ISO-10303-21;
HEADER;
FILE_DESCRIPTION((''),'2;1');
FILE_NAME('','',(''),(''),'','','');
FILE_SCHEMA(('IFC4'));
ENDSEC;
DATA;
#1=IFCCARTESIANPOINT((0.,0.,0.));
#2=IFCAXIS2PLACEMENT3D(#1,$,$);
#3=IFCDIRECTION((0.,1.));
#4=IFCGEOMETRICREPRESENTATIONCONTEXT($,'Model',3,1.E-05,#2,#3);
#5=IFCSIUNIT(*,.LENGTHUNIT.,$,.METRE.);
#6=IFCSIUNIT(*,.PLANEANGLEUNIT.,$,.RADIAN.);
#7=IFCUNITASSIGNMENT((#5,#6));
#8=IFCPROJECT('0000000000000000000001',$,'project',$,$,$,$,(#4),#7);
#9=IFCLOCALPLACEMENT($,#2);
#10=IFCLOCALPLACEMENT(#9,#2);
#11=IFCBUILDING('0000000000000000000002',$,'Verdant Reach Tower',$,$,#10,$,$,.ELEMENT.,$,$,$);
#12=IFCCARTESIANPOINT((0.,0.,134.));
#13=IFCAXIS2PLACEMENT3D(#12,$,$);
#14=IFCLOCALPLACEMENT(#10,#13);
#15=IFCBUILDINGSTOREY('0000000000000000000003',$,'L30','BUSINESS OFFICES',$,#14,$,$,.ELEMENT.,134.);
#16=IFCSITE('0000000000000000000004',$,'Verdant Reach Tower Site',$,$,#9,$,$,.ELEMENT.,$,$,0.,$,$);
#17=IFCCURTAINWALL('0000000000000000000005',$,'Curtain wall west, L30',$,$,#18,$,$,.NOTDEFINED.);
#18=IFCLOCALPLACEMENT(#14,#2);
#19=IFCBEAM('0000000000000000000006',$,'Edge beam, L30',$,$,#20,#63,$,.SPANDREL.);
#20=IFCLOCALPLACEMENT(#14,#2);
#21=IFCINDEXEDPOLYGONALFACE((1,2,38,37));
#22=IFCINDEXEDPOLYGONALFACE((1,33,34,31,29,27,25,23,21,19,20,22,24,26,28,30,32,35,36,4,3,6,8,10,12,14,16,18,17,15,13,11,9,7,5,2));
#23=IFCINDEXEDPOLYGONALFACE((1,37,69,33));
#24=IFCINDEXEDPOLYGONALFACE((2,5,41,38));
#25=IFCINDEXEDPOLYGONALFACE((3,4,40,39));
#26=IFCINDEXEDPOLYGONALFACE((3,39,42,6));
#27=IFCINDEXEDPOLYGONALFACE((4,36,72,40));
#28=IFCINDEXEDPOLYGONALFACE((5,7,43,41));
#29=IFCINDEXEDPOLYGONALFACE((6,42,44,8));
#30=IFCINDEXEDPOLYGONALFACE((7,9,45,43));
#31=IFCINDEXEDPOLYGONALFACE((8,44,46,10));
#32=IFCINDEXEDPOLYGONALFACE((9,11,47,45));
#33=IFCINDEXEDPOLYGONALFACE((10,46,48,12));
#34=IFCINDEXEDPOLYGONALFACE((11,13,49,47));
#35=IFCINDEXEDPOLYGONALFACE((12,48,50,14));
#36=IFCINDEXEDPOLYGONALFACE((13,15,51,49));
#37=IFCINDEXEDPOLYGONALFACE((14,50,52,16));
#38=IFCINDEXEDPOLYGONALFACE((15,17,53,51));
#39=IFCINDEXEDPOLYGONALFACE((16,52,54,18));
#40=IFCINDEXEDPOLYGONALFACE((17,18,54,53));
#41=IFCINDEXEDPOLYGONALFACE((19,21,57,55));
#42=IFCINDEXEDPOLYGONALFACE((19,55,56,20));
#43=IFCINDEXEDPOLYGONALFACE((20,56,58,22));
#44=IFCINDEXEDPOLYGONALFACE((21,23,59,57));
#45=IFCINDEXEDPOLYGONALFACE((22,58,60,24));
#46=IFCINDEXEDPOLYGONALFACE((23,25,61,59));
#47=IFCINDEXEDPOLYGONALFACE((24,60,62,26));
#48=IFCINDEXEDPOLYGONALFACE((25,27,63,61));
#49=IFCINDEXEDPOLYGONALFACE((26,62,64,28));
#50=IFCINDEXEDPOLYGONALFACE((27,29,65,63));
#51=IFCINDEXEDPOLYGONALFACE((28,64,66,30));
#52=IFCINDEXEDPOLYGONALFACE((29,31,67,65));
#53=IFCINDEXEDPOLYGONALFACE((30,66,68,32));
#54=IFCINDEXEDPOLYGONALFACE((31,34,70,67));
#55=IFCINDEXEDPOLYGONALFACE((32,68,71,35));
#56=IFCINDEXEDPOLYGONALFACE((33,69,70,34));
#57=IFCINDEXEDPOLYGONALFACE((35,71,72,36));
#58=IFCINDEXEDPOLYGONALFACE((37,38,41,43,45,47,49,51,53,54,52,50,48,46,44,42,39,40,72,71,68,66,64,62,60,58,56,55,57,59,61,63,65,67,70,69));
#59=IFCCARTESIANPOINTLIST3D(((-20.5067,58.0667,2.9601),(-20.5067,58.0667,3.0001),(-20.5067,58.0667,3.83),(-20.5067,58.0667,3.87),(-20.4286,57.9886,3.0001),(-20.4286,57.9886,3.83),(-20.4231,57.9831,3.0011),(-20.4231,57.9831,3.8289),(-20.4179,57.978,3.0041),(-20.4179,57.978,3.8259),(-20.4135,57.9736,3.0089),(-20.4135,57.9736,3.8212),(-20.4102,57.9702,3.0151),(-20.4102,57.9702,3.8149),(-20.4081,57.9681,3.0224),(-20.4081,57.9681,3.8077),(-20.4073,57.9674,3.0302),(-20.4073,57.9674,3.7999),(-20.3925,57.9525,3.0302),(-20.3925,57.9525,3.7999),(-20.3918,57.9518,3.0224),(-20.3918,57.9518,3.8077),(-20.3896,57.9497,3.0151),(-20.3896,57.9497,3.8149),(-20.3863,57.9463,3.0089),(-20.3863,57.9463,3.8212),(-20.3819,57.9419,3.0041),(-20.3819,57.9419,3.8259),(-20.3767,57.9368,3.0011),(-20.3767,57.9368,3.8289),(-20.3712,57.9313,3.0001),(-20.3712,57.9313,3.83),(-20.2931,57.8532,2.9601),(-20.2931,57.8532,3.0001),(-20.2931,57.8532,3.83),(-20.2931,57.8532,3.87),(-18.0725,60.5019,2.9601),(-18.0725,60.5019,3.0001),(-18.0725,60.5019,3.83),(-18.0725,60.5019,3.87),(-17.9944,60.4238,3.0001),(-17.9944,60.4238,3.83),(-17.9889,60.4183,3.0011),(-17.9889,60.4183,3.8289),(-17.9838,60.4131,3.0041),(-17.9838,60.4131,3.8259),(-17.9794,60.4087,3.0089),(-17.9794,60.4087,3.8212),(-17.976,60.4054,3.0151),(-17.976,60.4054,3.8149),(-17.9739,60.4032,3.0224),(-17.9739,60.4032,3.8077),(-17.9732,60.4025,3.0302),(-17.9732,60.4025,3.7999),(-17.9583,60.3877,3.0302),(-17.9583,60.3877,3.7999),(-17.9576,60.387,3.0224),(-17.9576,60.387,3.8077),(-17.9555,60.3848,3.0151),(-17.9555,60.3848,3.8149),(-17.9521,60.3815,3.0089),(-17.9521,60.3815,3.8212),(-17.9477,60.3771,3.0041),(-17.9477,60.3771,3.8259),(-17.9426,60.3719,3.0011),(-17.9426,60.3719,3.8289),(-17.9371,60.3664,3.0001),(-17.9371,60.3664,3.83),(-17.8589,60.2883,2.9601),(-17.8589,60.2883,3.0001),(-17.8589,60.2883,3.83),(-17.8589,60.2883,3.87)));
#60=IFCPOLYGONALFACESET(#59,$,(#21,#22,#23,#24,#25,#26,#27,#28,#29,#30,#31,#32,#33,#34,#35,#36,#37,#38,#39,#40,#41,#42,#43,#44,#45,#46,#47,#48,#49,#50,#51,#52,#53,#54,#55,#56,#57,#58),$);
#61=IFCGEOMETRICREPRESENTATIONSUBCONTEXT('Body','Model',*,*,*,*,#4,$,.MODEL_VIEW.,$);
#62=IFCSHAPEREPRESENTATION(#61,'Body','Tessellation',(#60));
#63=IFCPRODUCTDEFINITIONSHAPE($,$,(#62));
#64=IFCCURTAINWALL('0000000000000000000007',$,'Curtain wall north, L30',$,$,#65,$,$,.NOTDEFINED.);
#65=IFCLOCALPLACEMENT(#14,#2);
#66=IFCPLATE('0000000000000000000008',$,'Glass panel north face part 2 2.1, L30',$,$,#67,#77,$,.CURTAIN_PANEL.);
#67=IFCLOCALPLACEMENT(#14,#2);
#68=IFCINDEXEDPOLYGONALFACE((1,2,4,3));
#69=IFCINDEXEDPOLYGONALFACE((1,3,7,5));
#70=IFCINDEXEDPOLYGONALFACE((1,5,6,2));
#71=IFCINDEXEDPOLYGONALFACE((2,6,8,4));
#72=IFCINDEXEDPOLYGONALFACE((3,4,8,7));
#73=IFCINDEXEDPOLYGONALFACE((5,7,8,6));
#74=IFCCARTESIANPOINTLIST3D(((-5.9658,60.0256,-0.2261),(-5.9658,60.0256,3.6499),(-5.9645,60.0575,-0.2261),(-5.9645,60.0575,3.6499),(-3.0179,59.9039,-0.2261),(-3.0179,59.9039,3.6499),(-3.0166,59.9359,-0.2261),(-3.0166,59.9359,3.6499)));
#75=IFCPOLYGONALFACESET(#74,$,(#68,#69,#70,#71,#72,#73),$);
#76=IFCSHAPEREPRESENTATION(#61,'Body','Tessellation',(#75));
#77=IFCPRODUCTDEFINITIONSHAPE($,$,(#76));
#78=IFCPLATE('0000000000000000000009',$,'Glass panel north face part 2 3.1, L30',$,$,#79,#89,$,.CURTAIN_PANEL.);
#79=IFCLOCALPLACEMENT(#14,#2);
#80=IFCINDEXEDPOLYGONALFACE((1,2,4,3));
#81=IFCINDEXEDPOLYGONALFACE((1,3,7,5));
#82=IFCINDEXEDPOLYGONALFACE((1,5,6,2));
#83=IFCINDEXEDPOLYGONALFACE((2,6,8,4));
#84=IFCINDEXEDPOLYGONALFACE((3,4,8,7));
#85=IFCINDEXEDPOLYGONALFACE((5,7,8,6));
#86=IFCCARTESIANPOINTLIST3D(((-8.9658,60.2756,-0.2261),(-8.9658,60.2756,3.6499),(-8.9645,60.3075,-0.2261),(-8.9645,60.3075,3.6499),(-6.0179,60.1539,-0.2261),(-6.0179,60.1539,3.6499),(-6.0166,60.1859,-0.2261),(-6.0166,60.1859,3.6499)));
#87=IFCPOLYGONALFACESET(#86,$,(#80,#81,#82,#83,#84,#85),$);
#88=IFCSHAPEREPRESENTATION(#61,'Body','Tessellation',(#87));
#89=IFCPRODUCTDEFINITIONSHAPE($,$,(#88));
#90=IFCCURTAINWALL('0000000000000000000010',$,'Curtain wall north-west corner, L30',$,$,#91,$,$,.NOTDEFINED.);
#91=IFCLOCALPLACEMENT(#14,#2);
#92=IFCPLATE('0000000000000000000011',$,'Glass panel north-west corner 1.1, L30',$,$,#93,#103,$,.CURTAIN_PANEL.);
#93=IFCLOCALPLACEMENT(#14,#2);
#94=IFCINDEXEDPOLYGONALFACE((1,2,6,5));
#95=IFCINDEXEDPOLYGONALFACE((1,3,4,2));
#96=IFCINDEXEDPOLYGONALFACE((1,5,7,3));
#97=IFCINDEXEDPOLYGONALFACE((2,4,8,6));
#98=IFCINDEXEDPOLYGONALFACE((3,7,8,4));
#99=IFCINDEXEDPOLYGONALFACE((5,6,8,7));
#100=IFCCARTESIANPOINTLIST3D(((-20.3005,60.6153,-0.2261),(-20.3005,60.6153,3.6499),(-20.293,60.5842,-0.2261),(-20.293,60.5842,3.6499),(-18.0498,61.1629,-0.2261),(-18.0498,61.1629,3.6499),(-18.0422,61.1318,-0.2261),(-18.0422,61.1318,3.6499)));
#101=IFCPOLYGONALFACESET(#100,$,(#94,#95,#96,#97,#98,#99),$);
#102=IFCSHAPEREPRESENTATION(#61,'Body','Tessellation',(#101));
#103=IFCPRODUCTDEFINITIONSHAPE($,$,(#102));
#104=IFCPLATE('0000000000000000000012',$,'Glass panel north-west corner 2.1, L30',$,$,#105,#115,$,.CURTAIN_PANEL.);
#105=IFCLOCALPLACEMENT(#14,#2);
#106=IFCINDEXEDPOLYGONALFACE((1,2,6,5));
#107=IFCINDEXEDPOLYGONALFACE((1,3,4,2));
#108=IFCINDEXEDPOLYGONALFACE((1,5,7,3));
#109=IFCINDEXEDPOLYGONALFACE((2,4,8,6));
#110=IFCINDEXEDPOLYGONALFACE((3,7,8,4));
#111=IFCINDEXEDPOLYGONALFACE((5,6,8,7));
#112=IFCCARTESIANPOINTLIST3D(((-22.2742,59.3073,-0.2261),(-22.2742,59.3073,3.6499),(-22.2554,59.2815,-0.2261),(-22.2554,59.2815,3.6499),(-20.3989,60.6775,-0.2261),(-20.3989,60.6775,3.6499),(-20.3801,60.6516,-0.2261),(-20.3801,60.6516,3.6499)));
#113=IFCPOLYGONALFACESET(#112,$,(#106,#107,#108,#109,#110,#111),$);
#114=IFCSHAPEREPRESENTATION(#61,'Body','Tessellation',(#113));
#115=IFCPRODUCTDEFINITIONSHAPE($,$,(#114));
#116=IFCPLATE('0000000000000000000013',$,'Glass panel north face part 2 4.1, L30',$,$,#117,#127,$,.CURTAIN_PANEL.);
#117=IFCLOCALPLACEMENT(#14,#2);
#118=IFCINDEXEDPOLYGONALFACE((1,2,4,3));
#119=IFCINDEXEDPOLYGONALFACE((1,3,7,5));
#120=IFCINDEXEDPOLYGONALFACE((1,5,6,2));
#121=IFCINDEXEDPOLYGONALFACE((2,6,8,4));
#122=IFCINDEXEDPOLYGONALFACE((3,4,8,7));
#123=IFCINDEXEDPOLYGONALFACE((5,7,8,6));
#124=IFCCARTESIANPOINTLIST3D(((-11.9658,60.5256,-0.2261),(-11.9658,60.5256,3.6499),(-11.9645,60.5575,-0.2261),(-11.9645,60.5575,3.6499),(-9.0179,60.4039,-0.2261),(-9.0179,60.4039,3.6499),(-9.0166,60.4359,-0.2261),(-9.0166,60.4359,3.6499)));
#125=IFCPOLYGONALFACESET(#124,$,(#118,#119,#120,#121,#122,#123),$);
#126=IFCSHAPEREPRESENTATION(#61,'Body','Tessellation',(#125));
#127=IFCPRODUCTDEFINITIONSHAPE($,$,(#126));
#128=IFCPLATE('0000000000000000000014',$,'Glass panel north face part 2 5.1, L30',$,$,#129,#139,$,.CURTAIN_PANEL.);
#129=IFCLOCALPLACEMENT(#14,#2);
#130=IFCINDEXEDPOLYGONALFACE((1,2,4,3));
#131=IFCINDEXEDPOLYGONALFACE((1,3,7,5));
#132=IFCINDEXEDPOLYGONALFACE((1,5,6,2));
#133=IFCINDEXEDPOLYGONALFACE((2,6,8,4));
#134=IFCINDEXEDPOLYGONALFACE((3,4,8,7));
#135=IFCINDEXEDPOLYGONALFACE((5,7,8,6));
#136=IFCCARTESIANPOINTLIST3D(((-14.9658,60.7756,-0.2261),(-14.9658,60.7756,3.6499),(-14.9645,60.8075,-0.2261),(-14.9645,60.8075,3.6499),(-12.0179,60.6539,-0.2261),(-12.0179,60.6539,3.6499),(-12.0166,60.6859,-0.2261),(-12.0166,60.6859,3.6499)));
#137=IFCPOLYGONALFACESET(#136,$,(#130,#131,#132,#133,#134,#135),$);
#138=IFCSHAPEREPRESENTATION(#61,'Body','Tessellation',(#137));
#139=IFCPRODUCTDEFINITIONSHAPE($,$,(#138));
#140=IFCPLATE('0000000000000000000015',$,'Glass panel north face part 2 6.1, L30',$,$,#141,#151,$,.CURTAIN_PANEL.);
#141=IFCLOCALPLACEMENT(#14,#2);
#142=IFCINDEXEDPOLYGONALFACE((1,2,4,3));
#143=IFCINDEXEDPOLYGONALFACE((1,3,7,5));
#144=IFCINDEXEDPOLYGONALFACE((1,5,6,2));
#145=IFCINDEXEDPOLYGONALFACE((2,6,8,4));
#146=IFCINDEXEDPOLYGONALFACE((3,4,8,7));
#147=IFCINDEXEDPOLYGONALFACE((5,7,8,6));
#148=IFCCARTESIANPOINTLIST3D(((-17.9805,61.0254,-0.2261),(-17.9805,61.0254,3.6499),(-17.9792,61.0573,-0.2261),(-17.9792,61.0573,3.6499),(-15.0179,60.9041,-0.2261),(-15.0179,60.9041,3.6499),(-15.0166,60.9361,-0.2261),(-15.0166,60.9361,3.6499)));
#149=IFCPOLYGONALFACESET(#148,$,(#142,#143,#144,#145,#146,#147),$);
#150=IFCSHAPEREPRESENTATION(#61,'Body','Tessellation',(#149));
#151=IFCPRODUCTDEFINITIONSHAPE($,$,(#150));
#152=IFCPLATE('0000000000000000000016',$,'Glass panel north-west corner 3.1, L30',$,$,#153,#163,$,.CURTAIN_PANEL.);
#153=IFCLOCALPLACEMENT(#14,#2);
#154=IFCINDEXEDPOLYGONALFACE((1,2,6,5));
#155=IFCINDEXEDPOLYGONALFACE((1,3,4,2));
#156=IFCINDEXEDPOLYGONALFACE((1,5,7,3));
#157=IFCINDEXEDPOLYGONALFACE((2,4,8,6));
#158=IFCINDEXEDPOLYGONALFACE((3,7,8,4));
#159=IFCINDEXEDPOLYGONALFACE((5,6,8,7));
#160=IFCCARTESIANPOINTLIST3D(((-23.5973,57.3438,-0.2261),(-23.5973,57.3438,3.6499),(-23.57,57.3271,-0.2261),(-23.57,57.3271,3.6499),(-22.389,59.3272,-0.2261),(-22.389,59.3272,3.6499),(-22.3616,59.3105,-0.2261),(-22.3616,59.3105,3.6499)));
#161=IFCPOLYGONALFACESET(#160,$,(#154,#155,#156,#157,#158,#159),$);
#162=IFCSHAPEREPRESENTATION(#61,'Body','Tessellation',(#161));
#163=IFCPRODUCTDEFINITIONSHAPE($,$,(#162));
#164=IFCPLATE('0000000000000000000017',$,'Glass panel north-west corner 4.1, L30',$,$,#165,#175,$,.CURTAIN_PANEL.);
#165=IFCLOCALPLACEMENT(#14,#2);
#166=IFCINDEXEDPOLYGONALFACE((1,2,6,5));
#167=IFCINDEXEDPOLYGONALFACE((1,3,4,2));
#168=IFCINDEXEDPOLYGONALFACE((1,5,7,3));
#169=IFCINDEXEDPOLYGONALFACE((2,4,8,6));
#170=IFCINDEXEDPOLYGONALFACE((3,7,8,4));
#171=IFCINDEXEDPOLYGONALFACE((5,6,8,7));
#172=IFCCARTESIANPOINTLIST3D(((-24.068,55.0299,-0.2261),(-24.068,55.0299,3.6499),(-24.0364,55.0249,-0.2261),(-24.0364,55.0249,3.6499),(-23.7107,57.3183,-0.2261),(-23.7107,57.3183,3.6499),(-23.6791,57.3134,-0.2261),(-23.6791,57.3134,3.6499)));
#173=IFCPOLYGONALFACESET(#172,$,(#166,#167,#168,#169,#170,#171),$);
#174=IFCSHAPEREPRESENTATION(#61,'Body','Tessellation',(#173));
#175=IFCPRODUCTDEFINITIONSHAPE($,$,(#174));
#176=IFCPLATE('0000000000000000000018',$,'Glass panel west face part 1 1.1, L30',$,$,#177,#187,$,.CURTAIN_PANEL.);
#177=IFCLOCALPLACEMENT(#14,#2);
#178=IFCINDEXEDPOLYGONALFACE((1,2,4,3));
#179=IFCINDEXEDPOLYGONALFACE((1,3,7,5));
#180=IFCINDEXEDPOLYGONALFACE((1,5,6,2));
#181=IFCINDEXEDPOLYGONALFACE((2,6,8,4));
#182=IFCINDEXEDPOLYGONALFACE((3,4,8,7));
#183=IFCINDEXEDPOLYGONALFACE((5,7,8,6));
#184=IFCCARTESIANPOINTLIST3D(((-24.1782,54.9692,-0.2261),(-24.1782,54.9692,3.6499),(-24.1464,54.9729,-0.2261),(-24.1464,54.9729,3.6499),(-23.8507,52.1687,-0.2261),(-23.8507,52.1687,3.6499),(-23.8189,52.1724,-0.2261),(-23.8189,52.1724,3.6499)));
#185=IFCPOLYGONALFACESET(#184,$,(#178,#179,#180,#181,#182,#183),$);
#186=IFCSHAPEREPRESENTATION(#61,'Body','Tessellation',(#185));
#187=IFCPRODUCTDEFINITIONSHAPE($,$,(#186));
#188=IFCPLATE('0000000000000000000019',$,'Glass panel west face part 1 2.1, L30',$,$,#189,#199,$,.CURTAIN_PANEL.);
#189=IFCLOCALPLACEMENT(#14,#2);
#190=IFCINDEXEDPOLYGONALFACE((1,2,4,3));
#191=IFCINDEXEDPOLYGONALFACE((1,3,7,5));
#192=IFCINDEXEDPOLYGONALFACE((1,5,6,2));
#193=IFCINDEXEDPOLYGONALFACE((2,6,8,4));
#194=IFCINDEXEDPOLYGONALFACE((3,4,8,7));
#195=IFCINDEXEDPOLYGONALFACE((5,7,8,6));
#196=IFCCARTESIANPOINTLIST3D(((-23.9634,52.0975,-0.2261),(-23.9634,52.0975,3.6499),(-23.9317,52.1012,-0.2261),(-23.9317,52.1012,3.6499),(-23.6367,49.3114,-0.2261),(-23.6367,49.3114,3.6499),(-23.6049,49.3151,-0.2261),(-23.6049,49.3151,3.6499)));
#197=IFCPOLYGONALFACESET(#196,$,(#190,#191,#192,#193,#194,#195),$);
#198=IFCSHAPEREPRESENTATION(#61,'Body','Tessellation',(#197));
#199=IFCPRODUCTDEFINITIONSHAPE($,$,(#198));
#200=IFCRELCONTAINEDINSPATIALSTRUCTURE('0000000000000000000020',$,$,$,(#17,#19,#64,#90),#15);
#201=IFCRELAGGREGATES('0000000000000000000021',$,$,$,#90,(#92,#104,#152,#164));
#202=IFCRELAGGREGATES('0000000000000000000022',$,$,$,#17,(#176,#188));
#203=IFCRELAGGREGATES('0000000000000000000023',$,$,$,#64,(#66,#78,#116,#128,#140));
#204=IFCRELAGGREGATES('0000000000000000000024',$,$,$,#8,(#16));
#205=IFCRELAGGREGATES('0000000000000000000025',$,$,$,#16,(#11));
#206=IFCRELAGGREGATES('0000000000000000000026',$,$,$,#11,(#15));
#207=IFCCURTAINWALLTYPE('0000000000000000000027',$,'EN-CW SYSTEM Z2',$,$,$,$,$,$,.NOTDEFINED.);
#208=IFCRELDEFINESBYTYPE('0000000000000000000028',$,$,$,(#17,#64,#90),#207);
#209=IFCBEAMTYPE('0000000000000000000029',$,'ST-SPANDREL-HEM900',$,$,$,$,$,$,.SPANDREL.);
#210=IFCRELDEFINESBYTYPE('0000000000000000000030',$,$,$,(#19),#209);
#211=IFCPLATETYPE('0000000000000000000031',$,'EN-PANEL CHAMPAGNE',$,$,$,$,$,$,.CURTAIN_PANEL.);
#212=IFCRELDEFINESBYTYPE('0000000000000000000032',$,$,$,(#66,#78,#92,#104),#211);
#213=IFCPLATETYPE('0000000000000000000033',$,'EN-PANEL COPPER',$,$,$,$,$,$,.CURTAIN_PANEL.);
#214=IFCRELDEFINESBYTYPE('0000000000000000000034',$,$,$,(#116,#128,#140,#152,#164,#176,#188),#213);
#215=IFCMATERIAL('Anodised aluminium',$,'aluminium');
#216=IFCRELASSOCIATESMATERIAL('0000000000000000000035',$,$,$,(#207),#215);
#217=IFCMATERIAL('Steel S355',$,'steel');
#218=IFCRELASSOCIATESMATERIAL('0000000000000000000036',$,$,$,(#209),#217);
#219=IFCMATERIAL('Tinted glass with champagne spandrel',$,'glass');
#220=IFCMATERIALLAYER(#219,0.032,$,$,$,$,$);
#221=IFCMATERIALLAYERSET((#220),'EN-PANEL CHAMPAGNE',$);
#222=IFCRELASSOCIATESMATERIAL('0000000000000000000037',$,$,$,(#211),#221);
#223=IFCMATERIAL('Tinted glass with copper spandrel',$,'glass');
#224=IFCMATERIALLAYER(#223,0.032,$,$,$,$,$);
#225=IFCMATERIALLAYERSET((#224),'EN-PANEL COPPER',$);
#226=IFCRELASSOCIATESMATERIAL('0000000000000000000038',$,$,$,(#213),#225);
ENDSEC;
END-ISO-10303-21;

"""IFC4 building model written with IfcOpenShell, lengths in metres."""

from ifc_helpers import new_model, si_unit, direction, frame, origin, origin_2d, place, context, subcontext, project, spatial, rectangle, i_section, extrude, material, layer, layer_set, material_profile, profile_set, type_object, element, aggregate, save


model = new_model("IFC4")

# Units and contexts
model_context = context("Model", 3, precision=1e-05, world=origin(), true_north=direction((0.0, 1.0)))
body_context = subcontext(model_context, "Body", "Model", "MODEL_VIEW")
ifc_project = project(units=[si_unit("LENGTHUNIT", "METRE"), si_unit("PLANEANGLEUNIT", "RADIAN")], contexts=[model_context])

# Site, building, storey
site_placement = place(None, origin())
site = spatial("IfcSite", under=ifc_project, at=site_placement, Name="Verdant Reach Tower Site", CompositionType="ELEMENT", RefElevation=0.0)
building_placement = place(site_placement, origin())
building = spatial("IfcBuilding", under=site, at=building_placement, Name="Verdant Reach Tower", CompositionType="ELEMENT")
storey_placement = place(building_placement, frame((0.0, 0.0, 134.0)))
storey = spatial("IfcBuildingStorey", under=building, at=storey_placement, Name="L30", Description="BUSINESS OFFICES", CompositionType="ELEMENT", Elevation=134.0)

# Curtain wall
ifc_material_1 = material(Name="Anodised aluminium", Category="aluminium")
curtain_wall_type = type_object("IfcCurtainWallType", Name="EN-CW SYSTEM Z2", PredefinedType="NOTDEFINED", material=ifc_material_1)
curtain_wall_1_placement = place(storey_placement, origin())
curtain_wall_1 = element("IfcCurtainWall", 1, at=curtain_wall_1_placement, inside=storey, type_object=curtain_wall_type, Name="Curtain wall west, L30", PredefinedType="NOTDEFINED")

# Beam
ifc_material_2 = material(Name="Steel S355", Category="steel")
ifc_material_profile_1 = material_profile(ifc_material_2, i_section(OverallWidth=0.302, OverallDepth=0.9099, WebThickness=0.021, FlangeThickness=0.04, FilletRadius=0.03, at=origin_2d()), Name="HEM 900")
ifc_profile_set_1 = profile_set([ifc_material_profile_1], Name="Steel S355")
beam_type_1 = type_object("IfcBeamType", Name="ST-SPANDREL-HEM900", PredefinedType="SPANDREL", material=ifc_profile_set_1)
beam_1_placement = place(storey_placement, frame((-20.3999, 57.96, 3.415), z_axis=(0.706965, 0.707249, 0.0), x_axis=(-0.707249, 0.706965, 0.0)))
element("IfcBeam", 2, at=beam_1_placement, inside=storey, type_object=beam_type_1, Name="Edge beam, L30", PredefinedType="SPANDREL", context=body_context, shape_type="SweptSolid", body=[
    extrude(i_section(OverallWidth=0.302, OverallDepth=0.9099, WebThickness=0.021, FlangeThickness=0.04, FilletRadius=0.03, at=origin_2d()), origin(), (0.0, 0.0, 1.0), 3.4431),
])

# Curtain walls, plates
curtain_wall_2_placement = place(storey_placement, origin())
curtain_wall_2 = element("IfcCurtainWall", 3, at=curtain_wall_2_placement, inside=storey, type_object=curtain_wall_type, Name="Curtain wall north, L30", PredefinedType="NOTDEFINED")
ifc_material_3 = material(Name="Tinted glass with champagne spandrel", Category="glass")
ifc_layer_1 = layer(ifc_material_3, 0.032)
ifc_layer_set_1 = layer_set([ifc_layer_1], Name="EN-PANEL CHAMPAGNE")
plate_type_1 = type_object("IfcPlateType", Name="EN-PANEL CHAMPAGNE", PredefinedType="CURTAIN_PANEL", material=ifc_layer_set_1)
plate_1_placement = place(storey_placement, frame((-4.4912, 59.9807, -0.2261), z_axis=(0.0, 0.0, 1.0), x_axis=(-0.999149, 0.041242, 0.0)))
plate_1 = element("IfcPlate", 4, at=plate_1_placement, type_object=plate_type_1, Name="Glass panel north face part 2 2.1, L30", PredefinedType="CURTAIN_PANEL", context=body_context, shape_type="SweptSolid", body=[
    extrude(rectangle(XDim=2.9504, YDim=0.032, at=origin_2d()), origin(), (0.0, 0.0, 1.0), 3.876),
])
plate_2_placement = place(storey_placement, frame((-7.4912, 60.2307, -0.2261), z_axis=(0.0, 0.0, 1.0), x_axis=(-0.999149, 0.041242, 0.0)))
plate_2 = element("IfcPlate", 5, at=plate_2_placement, type_object=plate_type_1, Name="Glass panel north face part 2 3.1, L30", PredefinedType="CURTAIN_PANEL", context=body_context, shape_type="SweptSolid", body=[
    extrude(rectangle(XDim=2.9504, YDim=0.032, at=origin_2d()), origin(), (0.0, 0.0, 1.0), 3.876),
])
curtain_wall_3_placement = place(storey_placement, origin())
curtain_wall_3 = element("IfcCurtainWall", 6, at=curtain_wall_3_placement, inside=storey, type_object=curtain_wall_type, Name="Curtain wall north-west corner, L30", PredefinedType="NOTDEFINED")
plate_3_placement = place(storey_placement, frame((-19.1714, 60.8735, -0.2261), z_axis=(0.0, 0.0, 1.0), x_axis=(-0.971658, -0.236391, 0.0)))
plate_3 = element("IfcPlate", 7, at=plate_3_placement, type_object=plate_type_1, Name="Glass panel north-west corner 1.1, L30", PredefinedType="CURTAIN_PANEL", context=body_context, shape_type="SweptSolid", body=[
    extrude(rectangle(XDim=2.3164, YDim=0.032, at=origin_2d()), origin(), (0.0, 0.0, 1.0), 3.876),
])
plate_4_placement = place(storey_placement, frame((-21.3271, 59.9795, -0.2261), z_axis=(0.0, 0.0, 1.0), x_axis=(-0.807457, -0.589927, 0.0)))
plate_4 = element("IfcPlate", 8, at=plate_4_placement, type_object=plate_type_1, Name="Glass panel north-west corner 2.1, L30", PredefinedType="CURTAIN_PANEL", context=body_context, shape_type="SweptSolid", body=[
    extrude(rectangle(XDim=2.3225, YDim=0.032, at=origin_2d()), origin(), (0.0, 0.0, 1.0), 3.876),
])

# Plates
ifc_material_4 = material(Name="Tinted glass with copper spandrel", Category="glass")
ifc_layer_2 = layer(ifc_material_4, 0.032)
ifc_layer_set_2 = layer_set([ifc_layer_2], Name="EN-PANEL COPPER")
plate_type_2 = type_object("IfcPlateType", Name="EN-PANEL COPPER", PredefinedType="CURTAIN_PANEL", material=ifc_layer_set_2)
plate_5_placement = place(storey_placement, frame((-10.4912, 60.4807, -0.2261), z_axis=(0.0, 0.0, 1.0), x_axis=(-0.999149, 0.041242, 0.0)))
plate_5 = element("IfcPlate", 9, at=plate_5_placement, type_object=plate_type_2, Name="Glass panel north face part 2 4.1, L30", PredefinedType="CURTAIN_PANEL", context=body_context, shape_type="SweptSolid", body=[
    extrude(rectangle(XDim=2.9504, YDim=0.032, at=origin_2d()), origin(), (0.0, 0.0, 1.0), 3.876),
])
plate_6_placement = place(storey_placement, frame((-13.4912, 60.7307, -0.2261), z_axis=(0.0, 0.0, 1.0), x_axis=(-0.999149, 0.041242, 0.0)))
plate_6 = element("IfcPlate", 10, at=plate_6_placement, type_object=plate_type_2, Name="Glass panel north face part 2 5.1, L30", PredefinedType="CURTAIN_PANEL", context=body_context, shape_type="SweptSolid", body=[
    extrude(rectangle(XDim=2.9504, YDim=0.032, at=origin_2d()), origin(), (0.0, 0.0, 1.0), 3.876),
])
plate_7_placement = place(storey_placement, frame((-16.4985, 60.9807, -0.2261), z_axis=(0.0, 0.0, 1.0), x_axis=(-0.999163, 0.0409, 0.0)))
plate_7 = element("IfcPlate", 11, at=plate_7_placement, type_object=plate_type_2, Name="Glass panel north face part 2 6.1, L30", PredefinedType="CURTAIN_PANEL", context=body_context, shape_type="SweptSolid", body=[
    extrude(rectangle(XDim=2.9651, YDim=0.032, at=origin_2d()), origin(), (0.0, 0.0, 1.0), 3.876),
])
plate_8_placement = place(storey_placement, frame((-22.9795, 58.3271, -0.2261), z_axis=(0.0, 0.0, 1.0), x_axis=(-0.520292, -0.853989, 0.0)))
plate_8 = element("IfcPlate", 12, at=plate_8_placement, type_object=plate_type_2, Name="Glass panel north-west corner 3.1, L30", PredefinedType="CURTAIN_PANEL", context=body_context, shape_type="SweptSolid", body=[
    extrude(rectangle(XDim=2.3225, YDim=0.032, at=origin_2d()), origin(), (0.0, 0.0, 1.0), 3.876),
])
plate_9_placement = place(storey_placement, frame((-23.8735, 56.1716, -0.2261), z_axis=(0.0, 0.0, 1.0), x_axis=(-0.154281, -0.988027, 0.0)))
plate_9 = element("IfcPlate", 13, at=plate_9_placement, type_object=plate_type_2, Name="Glass panel north-west corner 4.1, L30", PredefinedType="CURTAIN_PANEL", context=body_context, shape_type="SweptSolid", body=[
    extrude(rectangle(XDim=2.3162, YDim=0.032, at=origin_2d()), origin(), (0.0, 0.0, 1.0), 3.876),
])
aggregate(curtain_wall_3, [plate_3, plate_4, plate_8, plate_9])
plate_10_placement = place(storey_placement, frame((-23.9985, 53.5708, -0.2261), z_axis=(0.0, 0.0, 1.0), x_axis=(0.116147, -0.993232, 0.0)))
plate_10 = element("IfcPlate", 14, at=plate_10_placement, type_object=plate_type_2, Name="Glass panel west face part 1 1.1, L30", PredefinedType="CURTAIN_PANEL", context=body_context, shape_type="SweptSolid", body=[
    extrude(rectangle(XDim=2.8196, YDim=0.032, at=origin_2d()), origin(), (0.0, 0.0, 1.0), 3.876),
])
plate_11_placement = place(storey_placement, frame((-23.7842, 50.7063, -0.2261), z_axis=(0.0, 0.0, 1.0), x_axis=(0.116483, -0.993193, 0.0)))
plate_11 = element("IfcPlate", 15, at=plate_11_placement, type_object=plate_type_2, Name="Glass panel west face part 1 2.1, L30", PredefinedType="CURTAIN_PANEL", context=body_context, shape_type="SweptSolid", body=[
    extrude(rectangle(XDim=2.8052, YDim=0.032, at=origin_2d()), origin(), (0.0, 0.0, 1.0), 3.876),
])
aggregate(curtain_wall_1, [plate_10, plate_11])
aggregate(curtain_wall_2, [plate_1, plate_2, plate_5, plate_6, plate_7])

save(model, "model.ifc")
